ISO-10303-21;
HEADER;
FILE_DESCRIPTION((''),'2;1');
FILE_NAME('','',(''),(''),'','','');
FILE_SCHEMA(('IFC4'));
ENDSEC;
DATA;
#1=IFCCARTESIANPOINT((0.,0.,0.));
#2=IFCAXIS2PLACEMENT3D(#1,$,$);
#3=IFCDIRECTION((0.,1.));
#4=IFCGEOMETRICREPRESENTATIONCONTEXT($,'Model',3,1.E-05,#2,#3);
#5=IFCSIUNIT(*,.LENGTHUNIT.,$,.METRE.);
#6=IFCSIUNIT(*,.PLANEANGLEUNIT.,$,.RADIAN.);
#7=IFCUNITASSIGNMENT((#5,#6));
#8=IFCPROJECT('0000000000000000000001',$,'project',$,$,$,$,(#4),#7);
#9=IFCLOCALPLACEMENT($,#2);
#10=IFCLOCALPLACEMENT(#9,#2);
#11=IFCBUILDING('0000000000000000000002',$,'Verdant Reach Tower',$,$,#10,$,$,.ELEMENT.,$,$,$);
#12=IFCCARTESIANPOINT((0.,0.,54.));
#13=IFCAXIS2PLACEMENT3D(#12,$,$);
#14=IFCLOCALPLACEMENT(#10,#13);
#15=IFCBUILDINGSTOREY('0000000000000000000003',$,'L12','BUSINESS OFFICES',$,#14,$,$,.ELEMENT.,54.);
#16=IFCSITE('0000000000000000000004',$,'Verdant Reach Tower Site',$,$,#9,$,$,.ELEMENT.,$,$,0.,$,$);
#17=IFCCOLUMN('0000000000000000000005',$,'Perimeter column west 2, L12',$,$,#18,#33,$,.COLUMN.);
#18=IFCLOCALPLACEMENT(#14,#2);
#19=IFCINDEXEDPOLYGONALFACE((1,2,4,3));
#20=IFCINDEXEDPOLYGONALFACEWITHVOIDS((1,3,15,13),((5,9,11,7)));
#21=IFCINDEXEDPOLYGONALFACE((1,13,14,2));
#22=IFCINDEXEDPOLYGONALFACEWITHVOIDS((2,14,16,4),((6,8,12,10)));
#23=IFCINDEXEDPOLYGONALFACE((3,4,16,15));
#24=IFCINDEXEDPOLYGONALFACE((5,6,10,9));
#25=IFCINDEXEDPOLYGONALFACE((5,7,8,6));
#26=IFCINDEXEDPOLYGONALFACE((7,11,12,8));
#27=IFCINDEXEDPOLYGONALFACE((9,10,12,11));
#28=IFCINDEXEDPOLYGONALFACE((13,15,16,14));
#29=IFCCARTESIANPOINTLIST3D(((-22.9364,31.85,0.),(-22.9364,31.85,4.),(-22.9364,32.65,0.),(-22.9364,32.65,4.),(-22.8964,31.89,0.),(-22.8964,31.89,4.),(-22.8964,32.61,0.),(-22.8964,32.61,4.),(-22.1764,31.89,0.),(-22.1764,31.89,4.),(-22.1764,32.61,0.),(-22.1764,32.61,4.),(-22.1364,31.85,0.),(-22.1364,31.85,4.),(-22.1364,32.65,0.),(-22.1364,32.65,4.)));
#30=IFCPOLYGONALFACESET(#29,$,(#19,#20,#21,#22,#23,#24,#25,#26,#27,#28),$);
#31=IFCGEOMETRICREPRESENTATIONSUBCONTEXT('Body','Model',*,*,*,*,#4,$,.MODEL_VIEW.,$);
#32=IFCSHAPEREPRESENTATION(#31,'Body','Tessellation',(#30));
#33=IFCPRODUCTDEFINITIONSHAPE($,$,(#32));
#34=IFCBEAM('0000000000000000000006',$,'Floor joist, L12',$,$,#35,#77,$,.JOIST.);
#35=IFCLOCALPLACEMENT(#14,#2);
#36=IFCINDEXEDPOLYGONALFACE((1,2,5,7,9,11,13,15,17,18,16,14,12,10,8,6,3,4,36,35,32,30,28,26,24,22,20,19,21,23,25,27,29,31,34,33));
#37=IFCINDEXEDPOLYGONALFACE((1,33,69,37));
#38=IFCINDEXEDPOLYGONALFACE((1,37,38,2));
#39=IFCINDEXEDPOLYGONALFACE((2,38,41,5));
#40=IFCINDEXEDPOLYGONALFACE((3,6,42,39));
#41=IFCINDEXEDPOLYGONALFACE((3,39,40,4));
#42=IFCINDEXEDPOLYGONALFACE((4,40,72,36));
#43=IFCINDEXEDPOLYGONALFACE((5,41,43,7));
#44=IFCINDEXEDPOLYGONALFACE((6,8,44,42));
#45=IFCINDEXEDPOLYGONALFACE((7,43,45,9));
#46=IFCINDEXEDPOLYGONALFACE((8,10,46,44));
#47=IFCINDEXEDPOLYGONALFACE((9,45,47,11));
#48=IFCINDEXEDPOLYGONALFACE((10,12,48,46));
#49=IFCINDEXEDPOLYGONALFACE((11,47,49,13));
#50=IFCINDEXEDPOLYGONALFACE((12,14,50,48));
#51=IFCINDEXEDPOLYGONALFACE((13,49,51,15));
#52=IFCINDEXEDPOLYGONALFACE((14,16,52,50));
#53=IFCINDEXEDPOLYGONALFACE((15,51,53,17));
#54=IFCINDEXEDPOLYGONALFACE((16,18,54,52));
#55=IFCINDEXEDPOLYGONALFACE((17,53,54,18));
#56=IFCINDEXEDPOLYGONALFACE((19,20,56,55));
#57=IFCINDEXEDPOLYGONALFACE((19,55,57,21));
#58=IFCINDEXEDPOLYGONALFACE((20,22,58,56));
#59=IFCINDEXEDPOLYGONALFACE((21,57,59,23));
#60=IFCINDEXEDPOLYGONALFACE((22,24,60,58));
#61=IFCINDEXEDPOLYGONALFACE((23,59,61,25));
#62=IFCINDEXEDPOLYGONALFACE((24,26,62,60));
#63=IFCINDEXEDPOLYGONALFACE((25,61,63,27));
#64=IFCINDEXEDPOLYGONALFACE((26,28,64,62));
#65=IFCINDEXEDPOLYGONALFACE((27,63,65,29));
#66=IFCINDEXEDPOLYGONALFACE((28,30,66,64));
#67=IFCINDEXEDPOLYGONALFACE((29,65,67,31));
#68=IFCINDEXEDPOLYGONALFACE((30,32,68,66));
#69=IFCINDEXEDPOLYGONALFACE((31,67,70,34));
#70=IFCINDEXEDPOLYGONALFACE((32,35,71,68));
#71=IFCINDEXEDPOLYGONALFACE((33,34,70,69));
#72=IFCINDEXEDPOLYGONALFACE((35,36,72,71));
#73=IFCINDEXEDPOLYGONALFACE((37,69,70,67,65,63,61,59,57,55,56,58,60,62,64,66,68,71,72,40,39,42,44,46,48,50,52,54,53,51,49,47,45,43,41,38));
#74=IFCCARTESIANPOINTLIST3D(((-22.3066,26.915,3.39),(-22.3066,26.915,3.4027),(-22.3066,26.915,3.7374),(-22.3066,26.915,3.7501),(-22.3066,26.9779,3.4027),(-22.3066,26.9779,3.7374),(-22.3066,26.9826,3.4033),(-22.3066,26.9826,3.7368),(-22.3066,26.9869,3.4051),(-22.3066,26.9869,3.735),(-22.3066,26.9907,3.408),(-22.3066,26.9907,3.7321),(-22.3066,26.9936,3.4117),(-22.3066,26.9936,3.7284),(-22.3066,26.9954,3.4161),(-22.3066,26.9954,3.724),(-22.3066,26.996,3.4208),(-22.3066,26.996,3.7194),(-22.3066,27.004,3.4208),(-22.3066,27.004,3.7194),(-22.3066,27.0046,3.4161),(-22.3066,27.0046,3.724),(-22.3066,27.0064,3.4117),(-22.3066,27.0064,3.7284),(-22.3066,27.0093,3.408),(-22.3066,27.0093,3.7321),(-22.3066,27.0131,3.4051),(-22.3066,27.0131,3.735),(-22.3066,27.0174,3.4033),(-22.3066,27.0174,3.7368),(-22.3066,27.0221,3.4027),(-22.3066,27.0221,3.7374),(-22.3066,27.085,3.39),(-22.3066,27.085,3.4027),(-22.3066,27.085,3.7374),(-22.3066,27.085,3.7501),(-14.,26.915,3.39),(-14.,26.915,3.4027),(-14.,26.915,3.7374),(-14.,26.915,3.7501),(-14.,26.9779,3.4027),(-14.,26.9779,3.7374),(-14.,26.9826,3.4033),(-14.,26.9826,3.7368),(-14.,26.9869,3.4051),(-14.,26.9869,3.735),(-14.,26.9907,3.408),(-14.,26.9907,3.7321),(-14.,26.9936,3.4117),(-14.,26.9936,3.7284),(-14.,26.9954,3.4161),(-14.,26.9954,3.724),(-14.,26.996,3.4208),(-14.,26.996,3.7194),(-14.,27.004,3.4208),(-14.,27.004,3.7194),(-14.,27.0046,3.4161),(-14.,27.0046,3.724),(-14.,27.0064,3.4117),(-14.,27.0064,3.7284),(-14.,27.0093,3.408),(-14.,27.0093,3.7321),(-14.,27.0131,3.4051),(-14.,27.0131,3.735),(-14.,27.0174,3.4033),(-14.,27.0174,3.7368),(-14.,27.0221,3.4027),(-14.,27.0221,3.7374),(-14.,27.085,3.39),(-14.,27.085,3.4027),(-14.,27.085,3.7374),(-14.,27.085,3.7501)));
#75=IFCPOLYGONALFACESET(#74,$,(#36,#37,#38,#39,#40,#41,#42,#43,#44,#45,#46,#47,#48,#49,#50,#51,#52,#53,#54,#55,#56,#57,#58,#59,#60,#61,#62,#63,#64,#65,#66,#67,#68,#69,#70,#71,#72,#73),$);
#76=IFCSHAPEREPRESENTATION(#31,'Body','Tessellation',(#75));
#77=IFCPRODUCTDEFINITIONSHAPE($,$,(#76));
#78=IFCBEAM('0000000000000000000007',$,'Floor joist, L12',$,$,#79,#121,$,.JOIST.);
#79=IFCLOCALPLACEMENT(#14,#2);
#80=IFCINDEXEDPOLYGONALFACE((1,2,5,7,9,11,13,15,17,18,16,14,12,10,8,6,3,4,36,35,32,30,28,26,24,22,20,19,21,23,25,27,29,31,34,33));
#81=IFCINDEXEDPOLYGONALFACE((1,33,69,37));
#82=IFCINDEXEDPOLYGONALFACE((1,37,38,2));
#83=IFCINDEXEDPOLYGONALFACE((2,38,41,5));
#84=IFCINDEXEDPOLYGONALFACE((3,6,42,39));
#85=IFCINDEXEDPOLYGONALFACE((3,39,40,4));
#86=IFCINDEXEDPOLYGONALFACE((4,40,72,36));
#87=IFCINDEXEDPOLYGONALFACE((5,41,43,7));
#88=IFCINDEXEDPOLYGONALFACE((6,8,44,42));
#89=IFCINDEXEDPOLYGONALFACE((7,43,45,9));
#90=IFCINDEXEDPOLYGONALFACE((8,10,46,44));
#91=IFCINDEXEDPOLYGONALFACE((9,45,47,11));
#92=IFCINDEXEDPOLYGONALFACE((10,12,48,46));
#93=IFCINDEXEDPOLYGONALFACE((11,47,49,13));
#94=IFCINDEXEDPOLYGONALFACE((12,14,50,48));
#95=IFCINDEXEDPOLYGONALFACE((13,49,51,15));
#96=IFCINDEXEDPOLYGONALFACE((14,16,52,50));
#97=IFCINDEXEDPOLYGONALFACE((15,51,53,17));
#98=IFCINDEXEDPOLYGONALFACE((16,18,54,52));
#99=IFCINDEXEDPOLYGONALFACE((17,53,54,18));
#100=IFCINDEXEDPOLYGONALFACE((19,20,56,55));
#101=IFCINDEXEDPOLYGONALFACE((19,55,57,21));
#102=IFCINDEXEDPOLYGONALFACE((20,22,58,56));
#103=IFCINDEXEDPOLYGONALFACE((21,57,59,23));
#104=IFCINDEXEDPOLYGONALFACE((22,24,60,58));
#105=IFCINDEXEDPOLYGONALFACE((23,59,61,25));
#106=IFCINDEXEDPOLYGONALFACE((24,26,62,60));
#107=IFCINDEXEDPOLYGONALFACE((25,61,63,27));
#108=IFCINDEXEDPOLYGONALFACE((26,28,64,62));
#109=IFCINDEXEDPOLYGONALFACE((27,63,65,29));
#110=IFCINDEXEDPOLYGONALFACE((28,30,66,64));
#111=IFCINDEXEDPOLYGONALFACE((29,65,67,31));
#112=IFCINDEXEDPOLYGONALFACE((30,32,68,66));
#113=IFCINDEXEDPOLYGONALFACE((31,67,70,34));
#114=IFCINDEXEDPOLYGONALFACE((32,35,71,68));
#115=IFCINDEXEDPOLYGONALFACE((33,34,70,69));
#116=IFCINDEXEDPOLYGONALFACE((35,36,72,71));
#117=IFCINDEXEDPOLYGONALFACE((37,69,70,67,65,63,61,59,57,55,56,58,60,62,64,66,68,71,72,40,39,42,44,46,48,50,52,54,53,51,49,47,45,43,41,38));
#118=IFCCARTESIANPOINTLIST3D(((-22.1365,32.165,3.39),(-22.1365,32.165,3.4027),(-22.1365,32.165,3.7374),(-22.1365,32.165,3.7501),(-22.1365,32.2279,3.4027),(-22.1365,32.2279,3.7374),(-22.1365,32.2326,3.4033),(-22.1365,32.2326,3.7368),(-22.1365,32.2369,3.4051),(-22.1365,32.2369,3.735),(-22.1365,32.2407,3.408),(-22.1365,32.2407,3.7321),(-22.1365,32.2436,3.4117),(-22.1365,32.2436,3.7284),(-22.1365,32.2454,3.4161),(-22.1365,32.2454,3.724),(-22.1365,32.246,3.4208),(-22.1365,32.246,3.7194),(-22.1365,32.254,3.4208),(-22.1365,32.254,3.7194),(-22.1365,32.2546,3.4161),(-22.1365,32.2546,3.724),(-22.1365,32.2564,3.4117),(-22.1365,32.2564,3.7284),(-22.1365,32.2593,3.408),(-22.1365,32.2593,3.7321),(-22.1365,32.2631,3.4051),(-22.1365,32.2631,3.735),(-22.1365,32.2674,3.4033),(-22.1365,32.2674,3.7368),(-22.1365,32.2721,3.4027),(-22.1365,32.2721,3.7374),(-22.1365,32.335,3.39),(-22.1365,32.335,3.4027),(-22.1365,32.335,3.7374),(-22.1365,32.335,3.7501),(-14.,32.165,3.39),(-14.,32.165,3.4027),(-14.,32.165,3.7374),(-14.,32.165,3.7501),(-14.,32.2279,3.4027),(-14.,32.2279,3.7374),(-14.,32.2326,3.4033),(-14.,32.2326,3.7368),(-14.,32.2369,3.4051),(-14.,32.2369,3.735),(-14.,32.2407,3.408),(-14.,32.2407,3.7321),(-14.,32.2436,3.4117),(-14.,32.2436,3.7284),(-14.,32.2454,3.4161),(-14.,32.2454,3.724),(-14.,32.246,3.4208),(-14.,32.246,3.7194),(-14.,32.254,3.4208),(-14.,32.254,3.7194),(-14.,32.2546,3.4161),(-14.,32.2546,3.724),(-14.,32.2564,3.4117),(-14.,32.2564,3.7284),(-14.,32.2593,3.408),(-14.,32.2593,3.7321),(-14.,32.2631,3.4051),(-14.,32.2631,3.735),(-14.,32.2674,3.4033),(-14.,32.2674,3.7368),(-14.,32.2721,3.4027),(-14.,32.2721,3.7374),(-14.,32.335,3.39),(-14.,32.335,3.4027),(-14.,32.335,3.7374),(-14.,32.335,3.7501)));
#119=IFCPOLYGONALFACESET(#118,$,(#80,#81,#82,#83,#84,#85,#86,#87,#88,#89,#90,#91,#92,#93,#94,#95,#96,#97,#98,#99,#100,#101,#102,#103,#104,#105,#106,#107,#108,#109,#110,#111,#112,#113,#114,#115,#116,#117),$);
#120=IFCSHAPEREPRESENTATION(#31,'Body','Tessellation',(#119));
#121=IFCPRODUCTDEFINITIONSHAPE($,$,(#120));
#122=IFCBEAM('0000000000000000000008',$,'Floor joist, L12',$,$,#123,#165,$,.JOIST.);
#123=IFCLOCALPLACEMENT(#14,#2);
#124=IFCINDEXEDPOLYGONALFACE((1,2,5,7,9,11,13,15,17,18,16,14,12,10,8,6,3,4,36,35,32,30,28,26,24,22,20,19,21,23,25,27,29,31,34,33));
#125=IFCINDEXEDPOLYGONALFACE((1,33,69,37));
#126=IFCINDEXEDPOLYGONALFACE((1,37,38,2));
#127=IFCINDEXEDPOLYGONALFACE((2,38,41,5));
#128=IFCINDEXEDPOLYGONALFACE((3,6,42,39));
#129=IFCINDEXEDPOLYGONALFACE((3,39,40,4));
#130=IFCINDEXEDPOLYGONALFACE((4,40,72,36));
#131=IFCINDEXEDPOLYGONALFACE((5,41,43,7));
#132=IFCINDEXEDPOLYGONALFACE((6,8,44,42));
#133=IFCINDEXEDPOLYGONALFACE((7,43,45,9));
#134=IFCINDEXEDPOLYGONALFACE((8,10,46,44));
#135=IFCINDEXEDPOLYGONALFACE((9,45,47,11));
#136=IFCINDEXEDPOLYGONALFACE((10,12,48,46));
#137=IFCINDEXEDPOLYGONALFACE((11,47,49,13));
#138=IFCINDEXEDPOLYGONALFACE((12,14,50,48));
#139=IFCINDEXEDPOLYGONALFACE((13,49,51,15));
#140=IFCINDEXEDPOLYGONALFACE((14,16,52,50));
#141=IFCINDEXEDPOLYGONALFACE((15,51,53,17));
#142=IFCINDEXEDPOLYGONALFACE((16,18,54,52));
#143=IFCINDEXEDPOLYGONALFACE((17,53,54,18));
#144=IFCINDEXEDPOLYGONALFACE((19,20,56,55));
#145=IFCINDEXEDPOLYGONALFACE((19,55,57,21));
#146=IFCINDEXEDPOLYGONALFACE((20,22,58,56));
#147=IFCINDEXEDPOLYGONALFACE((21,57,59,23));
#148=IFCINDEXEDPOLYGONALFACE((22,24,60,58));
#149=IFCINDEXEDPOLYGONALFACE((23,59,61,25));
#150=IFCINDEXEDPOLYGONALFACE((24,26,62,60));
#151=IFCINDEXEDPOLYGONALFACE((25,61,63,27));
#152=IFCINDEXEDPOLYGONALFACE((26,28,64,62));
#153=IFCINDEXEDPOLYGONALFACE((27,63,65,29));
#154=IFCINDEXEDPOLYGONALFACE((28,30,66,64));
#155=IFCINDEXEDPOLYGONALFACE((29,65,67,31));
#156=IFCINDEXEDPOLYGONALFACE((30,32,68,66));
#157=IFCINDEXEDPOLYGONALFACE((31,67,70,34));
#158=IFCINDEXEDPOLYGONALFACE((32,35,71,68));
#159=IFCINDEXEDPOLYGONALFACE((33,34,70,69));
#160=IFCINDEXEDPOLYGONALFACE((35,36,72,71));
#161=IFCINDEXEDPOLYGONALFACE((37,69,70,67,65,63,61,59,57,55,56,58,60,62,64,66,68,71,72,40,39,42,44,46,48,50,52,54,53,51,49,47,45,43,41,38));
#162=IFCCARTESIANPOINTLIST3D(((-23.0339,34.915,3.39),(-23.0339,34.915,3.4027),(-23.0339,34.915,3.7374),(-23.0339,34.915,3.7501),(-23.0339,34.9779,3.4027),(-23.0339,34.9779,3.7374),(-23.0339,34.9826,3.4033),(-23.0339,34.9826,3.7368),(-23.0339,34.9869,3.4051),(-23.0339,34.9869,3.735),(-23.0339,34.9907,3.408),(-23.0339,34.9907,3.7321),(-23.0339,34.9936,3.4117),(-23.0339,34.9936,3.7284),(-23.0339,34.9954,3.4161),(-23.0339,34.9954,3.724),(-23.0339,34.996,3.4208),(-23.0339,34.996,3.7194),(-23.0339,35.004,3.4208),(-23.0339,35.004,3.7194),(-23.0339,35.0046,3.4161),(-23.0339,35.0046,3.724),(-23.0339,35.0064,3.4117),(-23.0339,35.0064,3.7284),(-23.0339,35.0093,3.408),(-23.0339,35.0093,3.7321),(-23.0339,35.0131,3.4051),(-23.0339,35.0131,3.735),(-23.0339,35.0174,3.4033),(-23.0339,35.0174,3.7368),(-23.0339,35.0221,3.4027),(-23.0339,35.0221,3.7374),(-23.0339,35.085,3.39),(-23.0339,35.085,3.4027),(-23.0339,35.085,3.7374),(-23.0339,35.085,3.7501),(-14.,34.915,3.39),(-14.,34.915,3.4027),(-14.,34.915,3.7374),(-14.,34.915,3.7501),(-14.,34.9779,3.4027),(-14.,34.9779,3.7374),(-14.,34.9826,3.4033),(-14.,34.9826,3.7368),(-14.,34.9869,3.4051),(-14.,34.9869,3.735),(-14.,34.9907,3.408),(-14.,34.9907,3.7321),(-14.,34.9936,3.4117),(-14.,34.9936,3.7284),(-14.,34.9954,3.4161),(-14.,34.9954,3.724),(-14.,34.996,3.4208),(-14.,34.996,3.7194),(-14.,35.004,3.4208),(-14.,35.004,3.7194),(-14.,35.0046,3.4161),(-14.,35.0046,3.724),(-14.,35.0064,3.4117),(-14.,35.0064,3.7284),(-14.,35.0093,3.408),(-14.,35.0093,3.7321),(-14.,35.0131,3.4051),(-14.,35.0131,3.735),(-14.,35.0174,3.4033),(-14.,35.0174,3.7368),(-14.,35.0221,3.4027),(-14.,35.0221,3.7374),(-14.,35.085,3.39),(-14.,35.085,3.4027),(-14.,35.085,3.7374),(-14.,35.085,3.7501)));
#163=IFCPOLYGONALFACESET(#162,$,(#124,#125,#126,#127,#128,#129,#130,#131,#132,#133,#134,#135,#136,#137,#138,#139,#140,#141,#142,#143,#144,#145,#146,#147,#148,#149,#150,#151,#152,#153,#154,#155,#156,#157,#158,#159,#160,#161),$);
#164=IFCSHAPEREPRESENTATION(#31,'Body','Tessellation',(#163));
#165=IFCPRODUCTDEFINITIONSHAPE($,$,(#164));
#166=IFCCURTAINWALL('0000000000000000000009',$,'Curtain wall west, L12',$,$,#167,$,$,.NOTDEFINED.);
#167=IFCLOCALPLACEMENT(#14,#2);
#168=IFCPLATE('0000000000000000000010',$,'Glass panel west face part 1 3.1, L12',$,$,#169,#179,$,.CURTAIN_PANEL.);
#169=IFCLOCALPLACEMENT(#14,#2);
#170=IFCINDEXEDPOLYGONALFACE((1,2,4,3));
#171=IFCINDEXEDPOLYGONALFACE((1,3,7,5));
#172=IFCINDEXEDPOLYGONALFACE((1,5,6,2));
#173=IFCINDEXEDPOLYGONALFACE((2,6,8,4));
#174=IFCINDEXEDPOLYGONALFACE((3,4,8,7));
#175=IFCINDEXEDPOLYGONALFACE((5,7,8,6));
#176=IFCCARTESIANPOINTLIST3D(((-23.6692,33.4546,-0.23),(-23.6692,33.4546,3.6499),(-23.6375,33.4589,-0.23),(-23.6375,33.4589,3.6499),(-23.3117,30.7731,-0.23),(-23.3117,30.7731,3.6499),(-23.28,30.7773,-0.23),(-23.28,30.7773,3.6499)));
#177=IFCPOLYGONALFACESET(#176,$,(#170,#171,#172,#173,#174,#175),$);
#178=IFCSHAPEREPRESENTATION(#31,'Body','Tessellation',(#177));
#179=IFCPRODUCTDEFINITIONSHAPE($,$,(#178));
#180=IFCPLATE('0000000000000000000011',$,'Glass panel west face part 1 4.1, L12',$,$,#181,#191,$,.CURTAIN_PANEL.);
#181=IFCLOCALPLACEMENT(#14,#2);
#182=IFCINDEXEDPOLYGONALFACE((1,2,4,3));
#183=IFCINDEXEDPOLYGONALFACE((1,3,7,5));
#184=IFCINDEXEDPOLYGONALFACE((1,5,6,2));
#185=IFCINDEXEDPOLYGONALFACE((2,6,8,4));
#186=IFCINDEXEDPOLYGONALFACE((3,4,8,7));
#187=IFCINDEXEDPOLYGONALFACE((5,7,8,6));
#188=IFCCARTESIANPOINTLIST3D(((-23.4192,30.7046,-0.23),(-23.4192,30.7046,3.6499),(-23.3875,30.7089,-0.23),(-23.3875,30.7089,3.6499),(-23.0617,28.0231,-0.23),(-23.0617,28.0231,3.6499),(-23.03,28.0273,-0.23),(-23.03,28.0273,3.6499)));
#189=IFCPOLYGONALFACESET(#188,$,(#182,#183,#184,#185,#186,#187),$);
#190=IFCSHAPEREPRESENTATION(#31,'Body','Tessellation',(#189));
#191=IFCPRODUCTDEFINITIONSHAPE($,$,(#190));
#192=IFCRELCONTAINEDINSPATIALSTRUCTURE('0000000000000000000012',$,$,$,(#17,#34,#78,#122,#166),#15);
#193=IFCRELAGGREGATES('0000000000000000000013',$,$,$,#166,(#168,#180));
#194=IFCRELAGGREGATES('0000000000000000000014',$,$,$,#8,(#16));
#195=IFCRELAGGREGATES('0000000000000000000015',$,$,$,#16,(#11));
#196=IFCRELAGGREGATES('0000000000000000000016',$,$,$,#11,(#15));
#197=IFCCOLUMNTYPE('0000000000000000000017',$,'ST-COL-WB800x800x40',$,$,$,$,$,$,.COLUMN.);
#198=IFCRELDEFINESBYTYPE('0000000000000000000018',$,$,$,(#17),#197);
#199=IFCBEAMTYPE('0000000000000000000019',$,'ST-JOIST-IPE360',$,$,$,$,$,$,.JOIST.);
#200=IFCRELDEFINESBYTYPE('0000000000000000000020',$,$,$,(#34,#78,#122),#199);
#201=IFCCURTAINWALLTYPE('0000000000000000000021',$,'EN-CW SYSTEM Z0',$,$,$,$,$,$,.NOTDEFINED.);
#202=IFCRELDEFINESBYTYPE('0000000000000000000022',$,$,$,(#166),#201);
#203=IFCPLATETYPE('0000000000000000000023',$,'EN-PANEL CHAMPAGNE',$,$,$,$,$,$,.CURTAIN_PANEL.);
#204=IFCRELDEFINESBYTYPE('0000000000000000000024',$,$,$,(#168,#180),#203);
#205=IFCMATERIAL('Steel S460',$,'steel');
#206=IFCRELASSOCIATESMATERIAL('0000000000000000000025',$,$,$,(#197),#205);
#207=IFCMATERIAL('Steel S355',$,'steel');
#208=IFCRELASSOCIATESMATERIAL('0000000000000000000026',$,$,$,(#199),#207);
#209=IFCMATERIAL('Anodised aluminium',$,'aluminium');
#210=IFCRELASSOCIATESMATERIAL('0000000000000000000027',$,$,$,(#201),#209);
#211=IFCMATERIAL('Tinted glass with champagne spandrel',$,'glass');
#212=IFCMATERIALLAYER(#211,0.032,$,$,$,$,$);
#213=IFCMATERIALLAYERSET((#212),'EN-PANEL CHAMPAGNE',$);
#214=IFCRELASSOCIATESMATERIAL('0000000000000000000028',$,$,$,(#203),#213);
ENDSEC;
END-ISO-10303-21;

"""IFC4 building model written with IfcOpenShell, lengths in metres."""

from ifc_helpers import new_model, si_unit, direction, frame, origin, origin_2d, place, context, subcontext, project, spatial, rectangle, hollow_rectangle, i_section, extrude, material, layer, layer_set, material_profile, profile_set, type_object, element, aggregate, save


model = new_model("IFC4")

# Units and contexts
model_context = context("Model", 3, precision=1e-05, world=origin(), true_north=direction((0.0, 1.0)))
body_context = subcontext(model_context, "Body", "Model", "MODEL_VIEW")
ifc_project = project(units=[si_unit("LENGTHUNIT", "METRE"), si_unit("PLANEANGLEUNIT", "RADIAN")], contexts=[model_context])

# Site, building, storey
site_placement = place(None, origin())
site = spatial("IfcSite", under=ifc_project, at=site_placement, Name="Verdant Reach Tower Site", CompositionType="ELEMENT", RefElevation=0.0)
building_placement = place(site_placement, origin())
building = spatial("IfcBuilding", under=site, at=building_placement, Name="Verdant Reach Tower", CompositionType="ELEMENT")
storey_placement = place(building_placement, frame((0.0, 0.0, 54.0)))
storey = spatial("IfcBuildingStorey", under=building, at=storey_placement, Name="L12", Description="BUSINESS OFFICES", CompositionType="ELEMENT", Elevation=54.0)

# Column
ifc_material_1 = material(Name="Steel S460", Category="steel")
ifc_material_profile_1 = material_profile(ifc_material_1, hollow_rectangle(XDim=0.8, YDim=0.8, WallThickness=0.04, at=origin_2d()), Name="WB 800x800x40")
ifc_profile_set_1 = profile_set([ifc_material_profile_1], Name="Steel S460")
column_type = type_object("IfcColumnType", Name="ST-COL-WB800x800x40", PredefinedType="COLUMN", material=ifc_profile_set_1)
column_placement = place(storey_placement, frame((-22.5364, 32.25, 0.0), z_axis=(0.0, 0.0, 1.0), x_axis=(1.0, 0.0, 0.0)))
element("IfcColumn", 1, at=column_placement, inside=storey, type_object=column_type, Name="Perimeter column west 2, L12", PredefinedType="COLUMN", context=body_context, shape_type="SweptSolid", body=[
    extrude(hollow_rectangle(XDim=0.8, YDim=0.8, WallThickness=0.04, at=origin_2d()), origin(), (0.0, 0.0, 1.0), 4.0),
])

# Beams
ifc_material_2 = material(Name="Steel S355", Category="steel")
ifc_material_profile_2 = material_profile(ifc_material_2, i_section(OverallWidth=0.1699, OverallDepth=0.3601, WebThickness=0.0081, FlangeThickness=0.0127, FilletRadius=0.0181, at=origin_2d()), Name="IPE 360")
ifc_profile_set_2 = profile_set([ifc_material_profile_2], Name="Steel S355")
beam_type = type_object("IfcBeamType", Name="ST-JOIST-IPE360", PredefinedType="JOIST", material=ifc_profile_set_2)
beam_1_placement = place(storey_placement, frame((-14.0, 27.0, 3.5701), z_axis=(-1.0, 0.0, 0.0), x_axis=(0.0, -1.0, 0.0)))
element("IfcBeam", 2, at=beam_1_placement, inside=storey, type_object=beam_type, Name="Floor joist, L12", PredefinedType="JOIST", context=body_context, shape_type="SweptSolid", body=[
    extrude(i_section(OverallWidth=0.1699, OverallDepth=0.3601, WebThickness=0.0081, FlangeThickness=0.0127, FilletRadius=0.0181, at=origin_2d()), origin(), (0.0, 0.0, 1.0), 8.3066),
])
beam_2_placement = place(storey_placement, frame((-14.0, 32.25, 3.5701), z_axis=(-1.0, 0.0, 0.0), x_axis=(0.0, -1.0, 0.0)))
element("IfcBeam", 3, at=beam_2_placement, inside=storey, type_object=beam_type, Name="Floor joist, L12", PredefinedType="JOIST", context=body_context, shape_type="SweptSolid", body=[
    extrude(i_section(OverallWidth=0.1699, OverallDepth=0.3601, WebThickness=0.0081, FlangeThickness=0.0127, FilletRadius=0.0181, at=origin_2d()), origin(), (0.0, 0.0, 1.0), 8.1365),
])
beam_3_placement = place(storey_placement, frame((-14.0, 35.0, 3.5701), z_axis=(-1.0, 0.0, 0.0), x_axis=(0.0, -1.0, 0.0)))
element("IfcBeam", 4, at=beam_3_placement, inside=storey, type_object=beam_type, Name="Floor joist, L12", PredefinedType="JOIST", context=body_context, shape_type="SweptSolid", body=[
    extrude(i_section(OverallWidth=0.1699, OverallDepth=0.3601, WebThickness=0.0081, FlangeThickness=0.0127, FilletRadius=0.0181, at=origin_2d()), origin(), (0.0, 0.0, 1.0), 9.0339),
])

# Curtain wall, plates
ifc_material_3 = material(Name="Anodised aluminium", Category="aluminium")
curtain_wall_type = type_object("IfcCurtainWallType", Name="EN-CW SYSTEM Z0", PredefinedType="NOTDEFINED", material=ifc_material_3)
curtain_wall_placement = place(storey_placement, origin())
curtain_wall = element("IfcCurtainWall", 5, at=curtain_wall_placement, inside=storey, type_object=curtain_wall_type, Name="Curtain wall west, L12", PredefinedType="NOTDEFINED")
ifc_material_4 = material(Name="Tinted glass with champagne spandrel", Category="glass")
ifc_layer_1 = layer(ifc_material_4, 0.032)
ifc_layer_set_1 = layer_set([ifc_layer_1], Name="EN-PANEL CHAMPAGNE")
plate_type_1 = type_object("IfcPlateType", Name="EN-PANEL CHAMPAGNE", PredefinedType="CURTAIN_PANEL", material=ifc_layer_set_1)
plate_1_placement = place(storey_placement, frame((-23.4746, 32.116, -0.23), z_axis=(0.0, 0.0, 1.0), x_axis=(0.13216, -0.991228, 0.0)))
plate_1 = element("IfcPlate", 6, at=plate_1_placement, type_object=plate_type_1, Name="Glass panel west face part 1 3.1, L12", PredefinedType="CURTAIN_PANEL", context=body_context, shape_type="SweptSolid", body=[
    extrude(rectangle(XDim=2.7053, YDim=0.032, at=origin_2d()), origin(), (0.0, 0.0, 1.0), 3.8799),
])
plate_2_placement = place(storey_placement, frame((-23.2246, 29.366, -0.23), z_axis=(0.0, 0.0, 1.0), x_axis=(0.13216, -0.991228, 0.0)))
plate_2 = element("IfcPlate", 7, at=plate_2_placement, type_object=plate_type_1, Name="Glass panel west face part 1 4.1, L12", PredefinedType="CURTAIN_PANEL", context=body_context, shape_type="SweptSolid", body=[
    extrude(rectangle(XDim=2.7053, YDim=0.032, at=origin_2d()), origin(), (0.0, 0.0, 1.0), 3.8799),
])
aggregate(curtain_wall, [plate_1, plate_2])

save(model, "model.ifc")
